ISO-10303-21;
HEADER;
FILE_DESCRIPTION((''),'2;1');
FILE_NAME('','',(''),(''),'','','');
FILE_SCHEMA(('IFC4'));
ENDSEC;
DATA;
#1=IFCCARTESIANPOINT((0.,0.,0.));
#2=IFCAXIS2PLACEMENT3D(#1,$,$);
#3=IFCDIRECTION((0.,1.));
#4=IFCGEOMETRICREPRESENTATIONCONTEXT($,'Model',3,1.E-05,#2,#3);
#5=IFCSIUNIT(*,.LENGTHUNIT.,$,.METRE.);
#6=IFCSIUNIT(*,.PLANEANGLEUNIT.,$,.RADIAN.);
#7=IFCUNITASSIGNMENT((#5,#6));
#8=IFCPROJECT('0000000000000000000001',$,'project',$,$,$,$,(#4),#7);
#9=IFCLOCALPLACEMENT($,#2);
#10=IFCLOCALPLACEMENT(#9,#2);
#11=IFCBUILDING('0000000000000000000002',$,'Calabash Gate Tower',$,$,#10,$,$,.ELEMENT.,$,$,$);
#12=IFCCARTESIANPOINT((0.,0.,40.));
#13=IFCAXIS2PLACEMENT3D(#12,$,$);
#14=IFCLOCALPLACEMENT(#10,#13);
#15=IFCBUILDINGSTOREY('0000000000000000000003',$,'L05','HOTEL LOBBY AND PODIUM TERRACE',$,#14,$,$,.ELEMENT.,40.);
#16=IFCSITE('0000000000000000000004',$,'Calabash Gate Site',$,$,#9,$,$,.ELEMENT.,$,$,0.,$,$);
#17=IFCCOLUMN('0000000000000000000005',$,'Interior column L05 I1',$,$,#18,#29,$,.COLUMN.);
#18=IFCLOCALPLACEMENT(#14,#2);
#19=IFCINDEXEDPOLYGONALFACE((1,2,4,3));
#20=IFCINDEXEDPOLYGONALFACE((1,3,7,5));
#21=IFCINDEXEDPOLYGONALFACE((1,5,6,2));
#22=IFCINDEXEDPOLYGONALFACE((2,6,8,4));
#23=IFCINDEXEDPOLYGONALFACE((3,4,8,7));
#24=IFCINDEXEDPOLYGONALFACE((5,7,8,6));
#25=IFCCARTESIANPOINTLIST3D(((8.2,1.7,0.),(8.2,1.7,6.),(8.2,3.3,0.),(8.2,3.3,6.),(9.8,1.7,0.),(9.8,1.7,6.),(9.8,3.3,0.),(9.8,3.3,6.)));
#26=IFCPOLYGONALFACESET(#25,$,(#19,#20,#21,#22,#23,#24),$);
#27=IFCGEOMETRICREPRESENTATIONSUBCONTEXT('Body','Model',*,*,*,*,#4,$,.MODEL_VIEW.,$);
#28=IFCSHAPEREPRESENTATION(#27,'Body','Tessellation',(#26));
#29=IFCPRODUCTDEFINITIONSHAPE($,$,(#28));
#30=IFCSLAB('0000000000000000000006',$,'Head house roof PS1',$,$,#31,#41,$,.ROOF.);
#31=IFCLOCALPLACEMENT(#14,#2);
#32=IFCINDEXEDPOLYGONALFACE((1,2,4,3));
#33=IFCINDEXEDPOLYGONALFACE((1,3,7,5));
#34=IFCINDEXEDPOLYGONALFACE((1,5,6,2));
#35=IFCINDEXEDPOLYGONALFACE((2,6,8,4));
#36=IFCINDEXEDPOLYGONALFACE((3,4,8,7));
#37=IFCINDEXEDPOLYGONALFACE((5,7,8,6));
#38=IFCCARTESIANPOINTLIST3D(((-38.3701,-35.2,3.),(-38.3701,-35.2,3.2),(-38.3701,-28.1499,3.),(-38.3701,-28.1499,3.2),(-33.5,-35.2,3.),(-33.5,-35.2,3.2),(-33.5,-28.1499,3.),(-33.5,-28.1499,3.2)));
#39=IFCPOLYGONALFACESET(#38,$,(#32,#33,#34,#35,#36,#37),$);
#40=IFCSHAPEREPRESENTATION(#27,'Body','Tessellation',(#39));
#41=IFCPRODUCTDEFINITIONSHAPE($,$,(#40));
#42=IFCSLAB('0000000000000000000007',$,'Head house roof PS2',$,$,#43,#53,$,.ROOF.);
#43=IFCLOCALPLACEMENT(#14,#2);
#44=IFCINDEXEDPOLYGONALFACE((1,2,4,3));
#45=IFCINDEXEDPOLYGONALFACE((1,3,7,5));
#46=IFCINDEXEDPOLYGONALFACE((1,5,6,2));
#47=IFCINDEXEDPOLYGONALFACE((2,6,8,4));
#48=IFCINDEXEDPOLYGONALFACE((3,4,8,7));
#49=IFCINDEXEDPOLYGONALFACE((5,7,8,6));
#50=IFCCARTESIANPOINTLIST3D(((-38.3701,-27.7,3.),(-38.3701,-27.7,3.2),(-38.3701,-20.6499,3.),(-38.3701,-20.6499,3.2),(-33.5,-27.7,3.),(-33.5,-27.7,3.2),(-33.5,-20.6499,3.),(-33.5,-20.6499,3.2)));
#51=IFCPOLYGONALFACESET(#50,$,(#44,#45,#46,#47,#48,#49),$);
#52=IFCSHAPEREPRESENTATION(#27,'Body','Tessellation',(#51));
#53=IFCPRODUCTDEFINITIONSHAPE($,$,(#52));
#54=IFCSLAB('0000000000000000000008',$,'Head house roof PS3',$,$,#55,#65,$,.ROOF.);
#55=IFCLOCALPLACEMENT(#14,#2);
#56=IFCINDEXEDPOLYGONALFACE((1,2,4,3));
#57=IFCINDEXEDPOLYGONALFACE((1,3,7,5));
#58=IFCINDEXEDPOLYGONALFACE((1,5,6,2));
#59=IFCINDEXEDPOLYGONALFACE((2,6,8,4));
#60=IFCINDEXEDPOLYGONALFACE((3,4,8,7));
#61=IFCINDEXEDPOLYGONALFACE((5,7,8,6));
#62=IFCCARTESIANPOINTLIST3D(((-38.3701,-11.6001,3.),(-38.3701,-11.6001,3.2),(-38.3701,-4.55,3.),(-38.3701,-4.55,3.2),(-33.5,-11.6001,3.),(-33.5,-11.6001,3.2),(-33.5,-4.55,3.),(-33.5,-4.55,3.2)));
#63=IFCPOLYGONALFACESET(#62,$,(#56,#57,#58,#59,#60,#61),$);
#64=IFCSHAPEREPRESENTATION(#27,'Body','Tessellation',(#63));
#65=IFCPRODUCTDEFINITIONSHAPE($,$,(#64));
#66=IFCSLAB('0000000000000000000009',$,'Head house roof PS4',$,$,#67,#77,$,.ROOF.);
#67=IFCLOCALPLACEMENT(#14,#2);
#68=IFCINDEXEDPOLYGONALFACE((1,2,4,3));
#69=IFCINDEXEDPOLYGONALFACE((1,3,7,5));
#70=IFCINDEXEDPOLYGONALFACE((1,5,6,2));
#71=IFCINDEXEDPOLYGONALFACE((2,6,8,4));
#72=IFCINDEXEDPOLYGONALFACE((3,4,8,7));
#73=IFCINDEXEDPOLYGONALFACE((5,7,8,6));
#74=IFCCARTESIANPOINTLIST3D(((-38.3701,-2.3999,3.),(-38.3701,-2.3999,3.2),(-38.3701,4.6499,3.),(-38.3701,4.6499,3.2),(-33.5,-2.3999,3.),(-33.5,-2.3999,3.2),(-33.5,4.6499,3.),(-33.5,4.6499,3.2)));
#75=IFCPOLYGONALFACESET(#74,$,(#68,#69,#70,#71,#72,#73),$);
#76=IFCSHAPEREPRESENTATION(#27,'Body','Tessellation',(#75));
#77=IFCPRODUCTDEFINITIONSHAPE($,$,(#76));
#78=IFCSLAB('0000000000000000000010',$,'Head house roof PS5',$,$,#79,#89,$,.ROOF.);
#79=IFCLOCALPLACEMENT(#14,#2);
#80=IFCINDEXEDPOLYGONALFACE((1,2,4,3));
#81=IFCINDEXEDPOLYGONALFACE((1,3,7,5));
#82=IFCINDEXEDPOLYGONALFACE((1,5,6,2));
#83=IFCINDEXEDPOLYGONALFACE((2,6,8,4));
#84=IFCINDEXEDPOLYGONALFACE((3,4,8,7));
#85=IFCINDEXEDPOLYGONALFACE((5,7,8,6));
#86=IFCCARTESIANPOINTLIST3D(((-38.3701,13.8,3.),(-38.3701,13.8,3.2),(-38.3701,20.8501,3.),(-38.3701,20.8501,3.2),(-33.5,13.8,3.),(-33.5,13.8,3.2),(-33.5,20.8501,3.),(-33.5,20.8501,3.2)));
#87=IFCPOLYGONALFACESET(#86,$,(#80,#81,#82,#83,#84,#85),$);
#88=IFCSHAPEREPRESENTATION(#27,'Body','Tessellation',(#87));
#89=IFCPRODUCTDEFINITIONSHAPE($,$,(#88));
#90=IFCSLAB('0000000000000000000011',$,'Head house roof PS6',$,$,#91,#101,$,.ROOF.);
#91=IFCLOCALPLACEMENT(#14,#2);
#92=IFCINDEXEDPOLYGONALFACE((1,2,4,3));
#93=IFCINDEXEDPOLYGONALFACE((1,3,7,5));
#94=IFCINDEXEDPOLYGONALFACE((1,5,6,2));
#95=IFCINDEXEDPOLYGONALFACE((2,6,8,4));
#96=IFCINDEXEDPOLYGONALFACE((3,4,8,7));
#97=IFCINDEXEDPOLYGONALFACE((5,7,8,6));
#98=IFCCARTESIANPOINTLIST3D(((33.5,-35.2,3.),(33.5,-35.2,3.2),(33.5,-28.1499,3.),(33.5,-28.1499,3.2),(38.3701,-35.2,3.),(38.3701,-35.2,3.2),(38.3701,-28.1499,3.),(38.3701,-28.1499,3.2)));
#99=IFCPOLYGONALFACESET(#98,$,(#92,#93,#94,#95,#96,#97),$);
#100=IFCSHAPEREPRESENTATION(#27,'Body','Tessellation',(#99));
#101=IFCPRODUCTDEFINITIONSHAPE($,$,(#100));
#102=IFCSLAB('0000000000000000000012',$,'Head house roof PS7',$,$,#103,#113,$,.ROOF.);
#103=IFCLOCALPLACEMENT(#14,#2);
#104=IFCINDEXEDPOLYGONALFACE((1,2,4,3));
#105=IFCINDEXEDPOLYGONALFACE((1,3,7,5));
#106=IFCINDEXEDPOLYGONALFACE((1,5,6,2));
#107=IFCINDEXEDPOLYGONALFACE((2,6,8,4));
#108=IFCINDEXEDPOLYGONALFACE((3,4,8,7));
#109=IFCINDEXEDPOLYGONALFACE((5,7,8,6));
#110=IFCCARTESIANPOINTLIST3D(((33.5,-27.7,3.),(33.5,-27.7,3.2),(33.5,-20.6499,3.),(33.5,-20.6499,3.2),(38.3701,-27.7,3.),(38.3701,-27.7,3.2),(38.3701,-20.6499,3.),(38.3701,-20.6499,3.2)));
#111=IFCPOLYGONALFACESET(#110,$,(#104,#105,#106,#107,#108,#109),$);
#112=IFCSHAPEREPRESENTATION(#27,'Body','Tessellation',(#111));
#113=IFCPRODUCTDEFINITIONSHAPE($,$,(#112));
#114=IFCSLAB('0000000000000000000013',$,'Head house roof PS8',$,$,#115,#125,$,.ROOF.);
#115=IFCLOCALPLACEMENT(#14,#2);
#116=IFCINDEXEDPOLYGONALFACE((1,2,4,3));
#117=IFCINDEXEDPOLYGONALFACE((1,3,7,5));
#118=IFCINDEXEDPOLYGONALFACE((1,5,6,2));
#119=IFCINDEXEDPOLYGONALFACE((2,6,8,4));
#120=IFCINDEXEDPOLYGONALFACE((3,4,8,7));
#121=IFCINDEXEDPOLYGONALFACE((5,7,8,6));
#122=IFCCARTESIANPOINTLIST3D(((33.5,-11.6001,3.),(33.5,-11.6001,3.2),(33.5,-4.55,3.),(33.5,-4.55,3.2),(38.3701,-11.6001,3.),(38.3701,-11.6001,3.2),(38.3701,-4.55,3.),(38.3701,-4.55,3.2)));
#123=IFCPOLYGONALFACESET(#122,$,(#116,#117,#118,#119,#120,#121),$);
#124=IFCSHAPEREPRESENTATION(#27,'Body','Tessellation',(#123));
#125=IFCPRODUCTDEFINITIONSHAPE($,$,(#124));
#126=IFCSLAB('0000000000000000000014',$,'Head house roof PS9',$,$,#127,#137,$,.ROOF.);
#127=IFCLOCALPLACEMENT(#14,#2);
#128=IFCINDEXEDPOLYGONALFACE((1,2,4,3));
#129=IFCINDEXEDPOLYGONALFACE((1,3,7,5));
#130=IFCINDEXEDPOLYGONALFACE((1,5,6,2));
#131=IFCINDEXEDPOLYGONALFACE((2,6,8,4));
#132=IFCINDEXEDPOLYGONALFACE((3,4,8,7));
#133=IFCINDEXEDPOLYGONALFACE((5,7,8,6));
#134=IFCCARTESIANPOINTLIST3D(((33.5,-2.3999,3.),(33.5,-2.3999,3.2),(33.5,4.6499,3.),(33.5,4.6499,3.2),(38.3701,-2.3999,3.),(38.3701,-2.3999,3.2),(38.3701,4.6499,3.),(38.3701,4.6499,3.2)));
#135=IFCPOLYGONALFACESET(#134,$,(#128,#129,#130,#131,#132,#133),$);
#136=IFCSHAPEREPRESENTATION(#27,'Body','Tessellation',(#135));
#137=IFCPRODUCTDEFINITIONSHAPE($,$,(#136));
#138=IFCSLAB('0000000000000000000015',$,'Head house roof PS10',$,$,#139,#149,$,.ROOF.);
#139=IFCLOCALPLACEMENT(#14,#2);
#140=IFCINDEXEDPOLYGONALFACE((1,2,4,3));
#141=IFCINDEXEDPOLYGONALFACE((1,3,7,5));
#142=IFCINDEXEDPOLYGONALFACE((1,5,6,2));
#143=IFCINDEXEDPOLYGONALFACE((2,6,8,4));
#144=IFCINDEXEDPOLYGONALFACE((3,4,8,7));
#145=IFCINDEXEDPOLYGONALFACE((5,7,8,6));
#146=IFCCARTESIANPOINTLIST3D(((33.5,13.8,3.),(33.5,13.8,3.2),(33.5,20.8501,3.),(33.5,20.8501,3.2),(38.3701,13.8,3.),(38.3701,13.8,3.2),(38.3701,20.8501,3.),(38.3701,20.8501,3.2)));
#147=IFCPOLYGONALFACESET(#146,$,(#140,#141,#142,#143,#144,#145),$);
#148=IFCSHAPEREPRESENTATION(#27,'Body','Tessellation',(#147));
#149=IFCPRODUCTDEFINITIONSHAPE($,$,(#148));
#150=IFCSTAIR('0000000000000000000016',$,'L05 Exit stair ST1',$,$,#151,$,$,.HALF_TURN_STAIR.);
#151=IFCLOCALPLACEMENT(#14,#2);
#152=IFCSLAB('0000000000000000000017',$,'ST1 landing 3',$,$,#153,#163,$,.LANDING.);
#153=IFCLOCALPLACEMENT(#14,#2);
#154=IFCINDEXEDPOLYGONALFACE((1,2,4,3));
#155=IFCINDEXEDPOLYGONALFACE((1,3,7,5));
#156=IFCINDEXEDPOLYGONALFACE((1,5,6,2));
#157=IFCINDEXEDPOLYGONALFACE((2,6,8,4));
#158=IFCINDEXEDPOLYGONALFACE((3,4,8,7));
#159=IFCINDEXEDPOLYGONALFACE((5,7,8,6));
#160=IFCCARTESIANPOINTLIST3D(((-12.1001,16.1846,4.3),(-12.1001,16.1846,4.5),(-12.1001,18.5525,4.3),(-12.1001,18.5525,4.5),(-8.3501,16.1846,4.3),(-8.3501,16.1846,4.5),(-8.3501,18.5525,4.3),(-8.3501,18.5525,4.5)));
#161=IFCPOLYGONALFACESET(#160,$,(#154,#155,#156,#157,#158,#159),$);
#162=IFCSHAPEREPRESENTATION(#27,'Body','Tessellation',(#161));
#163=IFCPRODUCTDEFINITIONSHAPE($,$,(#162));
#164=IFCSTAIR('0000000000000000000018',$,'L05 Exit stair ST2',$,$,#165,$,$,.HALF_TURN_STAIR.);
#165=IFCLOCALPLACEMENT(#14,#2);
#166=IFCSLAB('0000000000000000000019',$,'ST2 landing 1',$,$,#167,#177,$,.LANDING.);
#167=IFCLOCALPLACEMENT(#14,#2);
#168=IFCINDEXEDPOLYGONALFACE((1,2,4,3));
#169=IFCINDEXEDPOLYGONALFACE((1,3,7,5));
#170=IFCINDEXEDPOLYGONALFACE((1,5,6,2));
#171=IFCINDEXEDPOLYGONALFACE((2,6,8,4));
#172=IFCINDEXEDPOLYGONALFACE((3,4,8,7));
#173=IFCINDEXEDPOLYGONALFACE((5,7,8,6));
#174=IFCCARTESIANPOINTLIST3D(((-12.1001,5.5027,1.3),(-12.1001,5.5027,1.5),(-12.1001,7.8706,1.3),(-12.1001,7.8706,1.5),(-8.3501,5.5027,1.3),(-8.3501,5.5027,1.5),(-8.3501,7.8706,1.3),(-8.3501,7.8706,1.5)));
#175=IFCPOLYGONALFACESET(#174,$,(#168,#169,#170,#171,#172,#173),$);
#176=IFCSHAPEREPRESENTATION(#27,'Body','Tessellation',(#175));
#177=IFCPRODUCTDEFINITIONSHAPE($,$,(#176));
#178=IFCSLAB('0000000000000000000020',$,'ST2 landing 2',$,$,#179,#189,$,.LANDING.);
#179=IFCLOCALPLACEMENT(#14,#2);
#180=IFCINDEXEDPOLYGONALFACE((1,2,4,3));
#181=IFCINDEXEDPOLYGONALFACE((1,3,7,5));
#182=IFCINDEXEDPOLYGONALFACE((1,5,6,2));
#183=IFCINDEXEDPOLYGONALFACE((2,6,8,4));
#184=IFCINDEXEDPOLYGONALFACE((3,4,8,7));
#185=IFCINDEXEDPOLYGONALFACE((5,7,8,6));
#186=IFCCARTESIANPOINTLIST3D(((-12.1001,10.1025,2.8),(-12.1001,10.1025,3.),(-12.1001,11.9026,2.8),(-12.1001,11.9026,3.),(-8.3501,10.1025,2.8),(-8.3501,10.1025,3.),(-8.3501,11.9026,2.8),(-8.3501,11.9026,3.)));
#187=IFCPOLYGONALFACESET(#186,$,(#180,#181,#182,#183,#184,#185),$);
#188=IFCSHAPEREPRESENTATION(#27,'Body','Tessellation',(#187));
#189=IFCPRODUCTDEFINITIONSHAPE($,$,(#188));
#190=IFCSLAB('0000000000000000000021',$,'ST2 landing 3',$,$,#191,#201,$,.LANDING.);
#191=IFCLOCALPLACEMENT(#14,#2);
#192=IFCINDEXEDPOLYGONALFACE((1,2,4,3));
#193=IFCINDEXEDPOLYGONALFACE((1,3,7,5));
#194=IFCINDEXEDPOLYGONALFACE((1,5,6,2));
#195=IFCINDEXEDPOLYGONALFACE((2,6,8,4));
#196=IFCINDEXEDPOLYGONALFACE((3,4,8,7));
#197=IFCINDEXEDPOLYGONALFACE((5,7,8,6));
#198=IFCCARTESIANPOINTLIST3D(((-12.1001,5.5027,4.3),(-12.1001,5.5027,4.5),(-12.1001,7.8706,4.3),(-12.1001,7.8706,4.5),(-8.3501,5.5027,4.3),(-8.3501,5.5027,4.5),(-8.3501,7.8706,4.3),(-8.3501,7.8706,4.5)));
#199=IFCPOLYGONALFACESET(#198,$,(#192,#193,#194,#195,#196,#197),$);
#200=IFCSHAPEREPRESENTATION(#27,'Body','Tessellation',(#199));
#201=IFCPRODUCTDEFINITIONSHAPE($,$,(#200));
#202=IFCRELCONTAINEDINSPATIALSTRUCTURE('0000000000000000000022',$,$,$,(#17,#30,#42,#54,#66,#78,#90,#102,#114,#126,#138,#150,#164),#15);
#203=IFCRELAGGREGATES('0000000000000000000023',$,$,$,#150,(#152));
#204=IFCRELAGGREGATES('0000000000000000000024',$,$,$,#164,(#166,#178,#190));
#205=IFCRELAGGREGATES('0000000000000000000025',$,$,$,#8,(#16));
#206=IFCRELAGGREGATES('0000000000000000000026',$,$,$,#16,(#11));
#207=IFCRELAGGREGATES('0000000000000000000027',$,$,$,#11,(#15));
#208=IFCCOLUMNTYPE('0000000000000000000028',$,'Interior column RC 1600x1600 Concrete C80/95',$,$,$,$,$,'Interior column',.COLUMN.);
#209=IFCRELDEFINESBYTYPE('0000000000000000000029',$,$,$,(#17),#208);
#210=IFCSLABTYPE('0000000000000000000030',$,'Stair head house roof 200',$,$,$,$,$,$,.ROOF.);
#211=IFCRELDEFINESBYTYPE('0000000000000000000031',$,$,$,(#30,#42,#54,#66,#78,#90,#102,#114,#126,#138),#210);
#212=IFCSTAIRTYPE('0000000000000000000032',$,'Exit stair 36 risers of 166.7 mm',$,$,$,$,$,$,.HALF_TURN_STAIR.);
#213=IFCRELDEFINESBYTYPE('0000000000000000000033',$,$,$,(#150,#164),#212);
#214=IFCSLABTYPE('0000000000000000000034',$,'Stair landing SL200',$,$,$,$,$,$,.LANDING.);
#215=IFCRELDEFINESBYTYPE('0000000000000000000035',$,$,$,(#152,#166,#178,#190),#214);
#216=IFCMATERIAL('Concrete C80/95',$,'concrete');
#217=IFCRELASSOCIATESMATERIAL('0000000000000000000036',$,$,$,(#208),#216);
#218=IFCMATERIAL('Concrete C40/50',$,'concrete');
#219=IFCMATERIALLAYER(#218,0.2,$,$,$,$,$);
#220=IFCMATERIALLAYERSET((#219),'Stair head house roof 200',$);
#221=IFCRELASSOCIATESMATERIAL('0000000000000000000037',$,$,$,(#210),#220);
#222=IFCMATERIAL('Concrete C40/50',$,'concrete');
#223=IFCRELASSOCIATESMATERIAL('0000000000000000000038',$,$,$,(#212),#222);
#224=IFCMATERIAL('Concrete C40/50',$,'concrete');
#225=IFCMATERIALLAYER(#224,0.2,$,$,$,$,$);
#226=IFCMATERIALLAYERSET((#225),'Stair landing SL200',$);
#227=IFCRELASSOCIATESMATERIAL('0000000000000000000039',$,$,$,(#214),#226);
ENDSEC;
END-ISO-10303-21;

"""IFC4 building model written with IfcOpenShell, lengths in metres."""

from ifc_helpers import new_model, si_unit, direction, frame, origin, origin_2d, place, context, subcontext, project, spatial, polyline, rectangle, outline, extrude, material, layer, layer_set, material_profile, profile_set, type_object, element, aggregate, save


model = new_model("IFC4")

# Units and contexts
model_context = context("Model", 3, precision=1e-05, world=origin(), true_north=direction((0.0, 1.0)))
body_context = subcontext(model_context, "Body", "Model", "MODEL_VIEW")
ifc_project = project(units=[si_unit("LENGTHUNIT", "METRE"), si_unit("PLANEANGLEUNIT", "RADIAN")], contexts=[model_context])

# Site, building, storey
site_placement = place(None, origin())
site = spatial("IfcSite", under=ifc_project, at=site_placement, Name="Calabash Gate Site", CompositionType="ELEMENT", RefElevation=0.0)
building_placement = place(site_placement, origin())
building = spatial("IfcBuilding", under=site, at=building_placement, Name="Calabash Gate Tower", CompositionType="ELEMENT")
storey_placement = place(building_placement, frame((0.0, 0.0, 40.0)))
storey = spatial("IfcBuildingStorey", under=building, at=storey_placement, Name="L05", Description="HOTEL LOBBY AND PODIUM TERRACE", CompositionType="ELEMENT", Elevation=40.0)

# Column
ifc_material_1 = material(Name="Concrete C80/95", Category="concrete")
ifc_material_profile = material_profile(ifc_material_1, rectangle(XDim=1.6001, YDim=1.6001, at=origin_2d()))
ifc_profile_set = profile_set([ifc_material_profile], Name="Concrete C80/95")
column_type = type_object("IfcColumnType", Name="Interior column RC 1600x1600 Concrete C80/95", ElementType="Interior column", PredefinedType="COLUMN", material=ifc_profile_set)
column_placement = place(storey_placement, frame((9.0, 2.5, 0.0), z_axis=(0.0, 0.0, 1.0), x_axis=(1.0, 0.0, 0.0)))
element("IfcColumn", 1, at=column_placement, inside=storey, type_object=column_type, Name="Interior column L05 I1", PredefinedType="COLUMN", context=body_context, shape_type="SweptSolid", body=[
    extrude(rectangle(XDim=1.6001, YDim=1.6001, at=origin_2d()), origin(), (0.0, 0.0, 1.0), 6.0),
])

# Slabs
ifc_material_2 = material(Name="Concrete C40/50", Category="concrete")
ifc_layer_1 = layer(ifc_material_2, 0.2)
ifc_layer_set_1 = layer_set([ifc_layer_1], Name="Stair head house roof 200")
slab_type_1 = type_object("IfcSlabType", Name="Stair head house roof 200", PredefinedType="ROOF", material=ifc_layer_set_1)
slab_1_placement = place(storey_placement, frame((0.0, 0.0, 3.0)))
element("IfcSlab", 2, at=slab_1_placement, inside=storey, type_object=slab_type_1, Name="Head house roof PS1", PredefinedType="ROOF", context=body_context, shape_type="SweptSolid", body=[
    extrude(outline(polyline([(-33.5, -35.2), (-38.3701, -35.2), (-38.3701, -28.1499), (-33.5, -28.1499), (-33.5, -35.2)])), origin(), (0.0, 0.0, 1.0), 0.2),
])
slab_2_placement = place(storey_placement, frame((0.0, 0.0, 3.0)))
element("IfcSlab", 3, at=slab_2_placement, inside=storey, type_object=slab_type_1, Name="Head house roof PS2", PredefinedType="ROOF", context=body_context, shape_type="SweptSolid", body=[
    extrude(outline(polyline([(-33.5, -27.7), (-38.3701, -27.7), (-38.3701, -20.6499), (-33.5, -20.6499), (-33.5, -27.7)])), origin(), (0.0, 0.0, 1.0), 0.2),
])
slab_3_placement = place(storey_placement, frame((0.0, 0.0, 3.0)))
element("IfcSlab", 4, at=slab_3_placement, inside=storey, type_object=slab_type_1, Name="Head house roof PS3", PredefinedType="ROOF", context=body_context, shape_type="SweptSolid", body=[
    extrude(outline(polyline([(-33.5, -11.6001), (-38.3701, -11.6001), (-38.3701, -4.55), (-33.5, -4.55), (-33.5, -11.6001)])), origin(), (0.0, 0.0, 1.0), 0.2),
])
slab_4_placement = place(storey_placement, frame((0.0, 0.0, 3.0)))
element("IfcSlab", 5, at=slab_4_placement, inside=storey, type_object=slab_type_1, Name="Head house roof PS4", PredefinedType="ROOF", context=body_context, shape_type="SweptSolid", body=[
    extrude(outline(polyline([(-33.5, -2.3999), (-38.3701, -2.3999), (-38.3701, 4.6499), (-33.5, 4.6499), (-33.5, -2.3999)])), origin(), (0.0, 0.0, 1.0), 0.2),
])
slab_5_placement = place(storey_placement, frame((0.0, 0.0, 3.0)))
element("IfcSlab", 6, at=slab_5_placement, inside=storey, type_object=slab_type_1, Name="Head house roof PS5", PredefinedType="ROOF", context=body_context, shape_type="SweptSolid", body=[
    extrude(outline(polyline([(-33.5, 13.8), (-38.3701, 13.8), (-38.3701, 20.8501), (-33.5, 20.8501), (-33.5, 13.8)])), origin(), (0.0, 0.0, 1.0), 0.2),
])
slab_6_placement = place(storey_placement, frame((0.0, 0.0, 3.0)))
element("IfcSlab", 7, at=slab_6_placement, inside=storey, type_object=slab_type_1, Name="Head house roof PS6", PredefinedType="ROOF", context=body_context, shape_type="SweptSolid", body=[
    extrude(outline(polyline([(38.3701, -35.2), (33.5, -35.2), (33.5, -28.1499), (38.3701, -28.1499), (38.3701, -35.2)])), origin(), (0.0, 0.0, 1.0), 0.2),
])
slab_7_placement = place(storey_placement, frame((0.0, 0.0, 3.0)))
element("IfcSlab", 8, at=slab_7_placement, inside=storey, type_object=slab_type_1, Name="Head house roof PS7", PredefinedType="ROOF", context=body_context, shape_type="SweptSolid", body=[
    extrude(outline(polyline([(38.3701, -27.7), (33.5, -27.7), (33.5, -20.6499), (38.3701, -20.6499), (38.3701, -27.7)])), origin(), (0.0, 0.0, 1.0), 0.2),
])
slab_8_placement = place(storey_placement, frame((0.0, 0.0, 3.0)))
element("IfcSlab", 9, at=slab_8_placement, inside=storey, type_object=slab_type_1, Name="Head house roof PS8", PredefinedType="ROOF", context=body_context, shape_type="SweptSolid", body=[
    extrude(outline(polyline([(38.3701, -11.6001), (33.5, -11.6001), (33.5, -4.55), (38.3701, -4.55), (38.3701, -11.6001)])), origin(), (0.0, 0.0, 1.0), 0.2),
])
slab_9_placement = place(storey_placement, frame((0.0, 0.0, 3.0)))
element("IfcSlab", 10, at=slab_9_placement, inside=storey, type_object=slab_type_1, Name="Head house roof PS9", PredefinedType="ROOF", context=body_context, shape_type="SweptSolid", body=[
    extrude(outline(polyline([(38.3701, -2.3999), (33.5, -2.3999), (33.5, 4.6499), (38.3701, 4.6499), (38.3701, -2.3999)])), origin(), (0.0, 0.0, 1.0), 0.2),
])
slab_10_placement = place(storey_placement, frame((0.0, 0.0, 3.0)))
element("IfcSlab", 11, at=slab_10_placement, inside=storey, type_object=slab_type_1, Name="Head house roof PS10", PredefinedType="ROOF", context=body_context, shape_type="SweptSolid", body=[
    extrude(outline(polyline([(38.3701, 13.8), (33.5, 13.8), (33.5, 20.8501), (38.3701, 20.8501), (38.3701, 13.8)])), origin(), (0.0, 0.0, 1.0), 0.2),
])

# Stair, slab
ifc_material_3 = material(Name="Concrete C40/50", Category="concrete")
stair_type = type_object("IfcStairType", Name="Exit stair 36 risers of 166.7 mm", PredefinedType="HALF_TURN_STAIR", material=ifc_material_3)
stair_1_placement = place(storey_placement, origin())
stair_1 = element("IfcStair", 12, at=stair_1_placement, inside=storey, type_object=stair_type, Name="L05 Exit stair ST1", PredefinedType="HALF_TURN_STAIR")
ifc_material_4 = material(Name="Concrete C40/50", Category="concrete")
ifc_layer_2 = layer(ifc_material_4, 0.2)
ifc_layer_set_2 = layer_set([ifc_layer_2], Name="Stair landing SL200")
slab_type_2 = type_object("IfcSlabType", Name="Stair landing SL200", PredefinedType="LANDING", material=ifc_layer_set_2)
slab_11_placement = place(storey_placement, frame((0.0, 0.0, 4.3)))
slab_11 = element("IfcSlab", 13, at=slab_11_placement, type_object=slab_type_2, Name="ST1 landing 3", PredefinedType="LANDING", context=body_context, shape_type="SweptSolid", body=[
    extrude(outline(polyline([(-8.3501, 16.1846), (-8.3501, 18.5525), (-12.1001, 18.5525), (-12.1001, 16.1846), (-8.3501, 16.1846)])), origin(), (0.0, 0.0, 1.0), 0.2),
])
aggregate(stair_1, [slab_11])

# Stair, slabs
stair_2_placement = place(storey_placement, origin())
stair_2 = element("IfcStair", 14, at=stair_2_placement, inside=storey, type_object=stair_type, Name="L05 Exit stair ST2", PredefinedType="HALF_TURN_STAIR")
slab_12_placement = place(storey_placement, frame((0.0, 0.0, 1.3)))
slab_12 = element("IfcSlab", 15, at=slab_12_placement, type_object=slab_type_2, Name="ST2 landing 1", PredefinedType="LANDING", context=body_context, shape_type="SweptSolid", body=[
    extrude(outline(polyline([(-12.1001, 7.8706), (-12.1001, 5.5027), (-8.3501, 5.5027), (-8.3501, 7.8706), (-12.1001, 7.8706)])), origin(), (0.0, 0.0, 1.0), 0.2),
])
slab_13_placement = place(storey_placement, frame((0.0, 0.0, 2.8)))
slab_13 = element("IfcSlab", 16, at=slab_13_placement, type_object=slab_type_2, Name="ST2 landing 2", PredefinedType="LANDING", context=body_context, shape_type="SweptSolid", body=[
    extrude(outline(polyline([(-12.1001, 11.9026), (-12.1001, 10.1025), (-8.3501, 10.1025), (-8.3501, 11.9026), (-12.1001, 11.9026)])), origin(), (0.0, 0.0, 1.0), 0.2),
])
slab_14_placement = place(storey_placement, frame((0.0, 0.0, 4.3)))
slab_14 = element("IfcSlab", 17, at=slab_14_placement, type_object=slab_type_2, Name="ST2 landing 3", PredefinedType="LANDING", context=body_context, shape_type="SweptSolid", body=[
    extrude(outline(polyline([(-12.1001, 7.8706), (-12.1001, 5.5027), (-8.3501, 5.5027), (-8.3501, 7.8706), (-12.1001, 7.8706)])), origin(), (0.0, 0.0, 1.0), 0.2),
])
aggregate(stair_2, [slab_12, slab_13, slab_14])

save(model, "model.ifc")
